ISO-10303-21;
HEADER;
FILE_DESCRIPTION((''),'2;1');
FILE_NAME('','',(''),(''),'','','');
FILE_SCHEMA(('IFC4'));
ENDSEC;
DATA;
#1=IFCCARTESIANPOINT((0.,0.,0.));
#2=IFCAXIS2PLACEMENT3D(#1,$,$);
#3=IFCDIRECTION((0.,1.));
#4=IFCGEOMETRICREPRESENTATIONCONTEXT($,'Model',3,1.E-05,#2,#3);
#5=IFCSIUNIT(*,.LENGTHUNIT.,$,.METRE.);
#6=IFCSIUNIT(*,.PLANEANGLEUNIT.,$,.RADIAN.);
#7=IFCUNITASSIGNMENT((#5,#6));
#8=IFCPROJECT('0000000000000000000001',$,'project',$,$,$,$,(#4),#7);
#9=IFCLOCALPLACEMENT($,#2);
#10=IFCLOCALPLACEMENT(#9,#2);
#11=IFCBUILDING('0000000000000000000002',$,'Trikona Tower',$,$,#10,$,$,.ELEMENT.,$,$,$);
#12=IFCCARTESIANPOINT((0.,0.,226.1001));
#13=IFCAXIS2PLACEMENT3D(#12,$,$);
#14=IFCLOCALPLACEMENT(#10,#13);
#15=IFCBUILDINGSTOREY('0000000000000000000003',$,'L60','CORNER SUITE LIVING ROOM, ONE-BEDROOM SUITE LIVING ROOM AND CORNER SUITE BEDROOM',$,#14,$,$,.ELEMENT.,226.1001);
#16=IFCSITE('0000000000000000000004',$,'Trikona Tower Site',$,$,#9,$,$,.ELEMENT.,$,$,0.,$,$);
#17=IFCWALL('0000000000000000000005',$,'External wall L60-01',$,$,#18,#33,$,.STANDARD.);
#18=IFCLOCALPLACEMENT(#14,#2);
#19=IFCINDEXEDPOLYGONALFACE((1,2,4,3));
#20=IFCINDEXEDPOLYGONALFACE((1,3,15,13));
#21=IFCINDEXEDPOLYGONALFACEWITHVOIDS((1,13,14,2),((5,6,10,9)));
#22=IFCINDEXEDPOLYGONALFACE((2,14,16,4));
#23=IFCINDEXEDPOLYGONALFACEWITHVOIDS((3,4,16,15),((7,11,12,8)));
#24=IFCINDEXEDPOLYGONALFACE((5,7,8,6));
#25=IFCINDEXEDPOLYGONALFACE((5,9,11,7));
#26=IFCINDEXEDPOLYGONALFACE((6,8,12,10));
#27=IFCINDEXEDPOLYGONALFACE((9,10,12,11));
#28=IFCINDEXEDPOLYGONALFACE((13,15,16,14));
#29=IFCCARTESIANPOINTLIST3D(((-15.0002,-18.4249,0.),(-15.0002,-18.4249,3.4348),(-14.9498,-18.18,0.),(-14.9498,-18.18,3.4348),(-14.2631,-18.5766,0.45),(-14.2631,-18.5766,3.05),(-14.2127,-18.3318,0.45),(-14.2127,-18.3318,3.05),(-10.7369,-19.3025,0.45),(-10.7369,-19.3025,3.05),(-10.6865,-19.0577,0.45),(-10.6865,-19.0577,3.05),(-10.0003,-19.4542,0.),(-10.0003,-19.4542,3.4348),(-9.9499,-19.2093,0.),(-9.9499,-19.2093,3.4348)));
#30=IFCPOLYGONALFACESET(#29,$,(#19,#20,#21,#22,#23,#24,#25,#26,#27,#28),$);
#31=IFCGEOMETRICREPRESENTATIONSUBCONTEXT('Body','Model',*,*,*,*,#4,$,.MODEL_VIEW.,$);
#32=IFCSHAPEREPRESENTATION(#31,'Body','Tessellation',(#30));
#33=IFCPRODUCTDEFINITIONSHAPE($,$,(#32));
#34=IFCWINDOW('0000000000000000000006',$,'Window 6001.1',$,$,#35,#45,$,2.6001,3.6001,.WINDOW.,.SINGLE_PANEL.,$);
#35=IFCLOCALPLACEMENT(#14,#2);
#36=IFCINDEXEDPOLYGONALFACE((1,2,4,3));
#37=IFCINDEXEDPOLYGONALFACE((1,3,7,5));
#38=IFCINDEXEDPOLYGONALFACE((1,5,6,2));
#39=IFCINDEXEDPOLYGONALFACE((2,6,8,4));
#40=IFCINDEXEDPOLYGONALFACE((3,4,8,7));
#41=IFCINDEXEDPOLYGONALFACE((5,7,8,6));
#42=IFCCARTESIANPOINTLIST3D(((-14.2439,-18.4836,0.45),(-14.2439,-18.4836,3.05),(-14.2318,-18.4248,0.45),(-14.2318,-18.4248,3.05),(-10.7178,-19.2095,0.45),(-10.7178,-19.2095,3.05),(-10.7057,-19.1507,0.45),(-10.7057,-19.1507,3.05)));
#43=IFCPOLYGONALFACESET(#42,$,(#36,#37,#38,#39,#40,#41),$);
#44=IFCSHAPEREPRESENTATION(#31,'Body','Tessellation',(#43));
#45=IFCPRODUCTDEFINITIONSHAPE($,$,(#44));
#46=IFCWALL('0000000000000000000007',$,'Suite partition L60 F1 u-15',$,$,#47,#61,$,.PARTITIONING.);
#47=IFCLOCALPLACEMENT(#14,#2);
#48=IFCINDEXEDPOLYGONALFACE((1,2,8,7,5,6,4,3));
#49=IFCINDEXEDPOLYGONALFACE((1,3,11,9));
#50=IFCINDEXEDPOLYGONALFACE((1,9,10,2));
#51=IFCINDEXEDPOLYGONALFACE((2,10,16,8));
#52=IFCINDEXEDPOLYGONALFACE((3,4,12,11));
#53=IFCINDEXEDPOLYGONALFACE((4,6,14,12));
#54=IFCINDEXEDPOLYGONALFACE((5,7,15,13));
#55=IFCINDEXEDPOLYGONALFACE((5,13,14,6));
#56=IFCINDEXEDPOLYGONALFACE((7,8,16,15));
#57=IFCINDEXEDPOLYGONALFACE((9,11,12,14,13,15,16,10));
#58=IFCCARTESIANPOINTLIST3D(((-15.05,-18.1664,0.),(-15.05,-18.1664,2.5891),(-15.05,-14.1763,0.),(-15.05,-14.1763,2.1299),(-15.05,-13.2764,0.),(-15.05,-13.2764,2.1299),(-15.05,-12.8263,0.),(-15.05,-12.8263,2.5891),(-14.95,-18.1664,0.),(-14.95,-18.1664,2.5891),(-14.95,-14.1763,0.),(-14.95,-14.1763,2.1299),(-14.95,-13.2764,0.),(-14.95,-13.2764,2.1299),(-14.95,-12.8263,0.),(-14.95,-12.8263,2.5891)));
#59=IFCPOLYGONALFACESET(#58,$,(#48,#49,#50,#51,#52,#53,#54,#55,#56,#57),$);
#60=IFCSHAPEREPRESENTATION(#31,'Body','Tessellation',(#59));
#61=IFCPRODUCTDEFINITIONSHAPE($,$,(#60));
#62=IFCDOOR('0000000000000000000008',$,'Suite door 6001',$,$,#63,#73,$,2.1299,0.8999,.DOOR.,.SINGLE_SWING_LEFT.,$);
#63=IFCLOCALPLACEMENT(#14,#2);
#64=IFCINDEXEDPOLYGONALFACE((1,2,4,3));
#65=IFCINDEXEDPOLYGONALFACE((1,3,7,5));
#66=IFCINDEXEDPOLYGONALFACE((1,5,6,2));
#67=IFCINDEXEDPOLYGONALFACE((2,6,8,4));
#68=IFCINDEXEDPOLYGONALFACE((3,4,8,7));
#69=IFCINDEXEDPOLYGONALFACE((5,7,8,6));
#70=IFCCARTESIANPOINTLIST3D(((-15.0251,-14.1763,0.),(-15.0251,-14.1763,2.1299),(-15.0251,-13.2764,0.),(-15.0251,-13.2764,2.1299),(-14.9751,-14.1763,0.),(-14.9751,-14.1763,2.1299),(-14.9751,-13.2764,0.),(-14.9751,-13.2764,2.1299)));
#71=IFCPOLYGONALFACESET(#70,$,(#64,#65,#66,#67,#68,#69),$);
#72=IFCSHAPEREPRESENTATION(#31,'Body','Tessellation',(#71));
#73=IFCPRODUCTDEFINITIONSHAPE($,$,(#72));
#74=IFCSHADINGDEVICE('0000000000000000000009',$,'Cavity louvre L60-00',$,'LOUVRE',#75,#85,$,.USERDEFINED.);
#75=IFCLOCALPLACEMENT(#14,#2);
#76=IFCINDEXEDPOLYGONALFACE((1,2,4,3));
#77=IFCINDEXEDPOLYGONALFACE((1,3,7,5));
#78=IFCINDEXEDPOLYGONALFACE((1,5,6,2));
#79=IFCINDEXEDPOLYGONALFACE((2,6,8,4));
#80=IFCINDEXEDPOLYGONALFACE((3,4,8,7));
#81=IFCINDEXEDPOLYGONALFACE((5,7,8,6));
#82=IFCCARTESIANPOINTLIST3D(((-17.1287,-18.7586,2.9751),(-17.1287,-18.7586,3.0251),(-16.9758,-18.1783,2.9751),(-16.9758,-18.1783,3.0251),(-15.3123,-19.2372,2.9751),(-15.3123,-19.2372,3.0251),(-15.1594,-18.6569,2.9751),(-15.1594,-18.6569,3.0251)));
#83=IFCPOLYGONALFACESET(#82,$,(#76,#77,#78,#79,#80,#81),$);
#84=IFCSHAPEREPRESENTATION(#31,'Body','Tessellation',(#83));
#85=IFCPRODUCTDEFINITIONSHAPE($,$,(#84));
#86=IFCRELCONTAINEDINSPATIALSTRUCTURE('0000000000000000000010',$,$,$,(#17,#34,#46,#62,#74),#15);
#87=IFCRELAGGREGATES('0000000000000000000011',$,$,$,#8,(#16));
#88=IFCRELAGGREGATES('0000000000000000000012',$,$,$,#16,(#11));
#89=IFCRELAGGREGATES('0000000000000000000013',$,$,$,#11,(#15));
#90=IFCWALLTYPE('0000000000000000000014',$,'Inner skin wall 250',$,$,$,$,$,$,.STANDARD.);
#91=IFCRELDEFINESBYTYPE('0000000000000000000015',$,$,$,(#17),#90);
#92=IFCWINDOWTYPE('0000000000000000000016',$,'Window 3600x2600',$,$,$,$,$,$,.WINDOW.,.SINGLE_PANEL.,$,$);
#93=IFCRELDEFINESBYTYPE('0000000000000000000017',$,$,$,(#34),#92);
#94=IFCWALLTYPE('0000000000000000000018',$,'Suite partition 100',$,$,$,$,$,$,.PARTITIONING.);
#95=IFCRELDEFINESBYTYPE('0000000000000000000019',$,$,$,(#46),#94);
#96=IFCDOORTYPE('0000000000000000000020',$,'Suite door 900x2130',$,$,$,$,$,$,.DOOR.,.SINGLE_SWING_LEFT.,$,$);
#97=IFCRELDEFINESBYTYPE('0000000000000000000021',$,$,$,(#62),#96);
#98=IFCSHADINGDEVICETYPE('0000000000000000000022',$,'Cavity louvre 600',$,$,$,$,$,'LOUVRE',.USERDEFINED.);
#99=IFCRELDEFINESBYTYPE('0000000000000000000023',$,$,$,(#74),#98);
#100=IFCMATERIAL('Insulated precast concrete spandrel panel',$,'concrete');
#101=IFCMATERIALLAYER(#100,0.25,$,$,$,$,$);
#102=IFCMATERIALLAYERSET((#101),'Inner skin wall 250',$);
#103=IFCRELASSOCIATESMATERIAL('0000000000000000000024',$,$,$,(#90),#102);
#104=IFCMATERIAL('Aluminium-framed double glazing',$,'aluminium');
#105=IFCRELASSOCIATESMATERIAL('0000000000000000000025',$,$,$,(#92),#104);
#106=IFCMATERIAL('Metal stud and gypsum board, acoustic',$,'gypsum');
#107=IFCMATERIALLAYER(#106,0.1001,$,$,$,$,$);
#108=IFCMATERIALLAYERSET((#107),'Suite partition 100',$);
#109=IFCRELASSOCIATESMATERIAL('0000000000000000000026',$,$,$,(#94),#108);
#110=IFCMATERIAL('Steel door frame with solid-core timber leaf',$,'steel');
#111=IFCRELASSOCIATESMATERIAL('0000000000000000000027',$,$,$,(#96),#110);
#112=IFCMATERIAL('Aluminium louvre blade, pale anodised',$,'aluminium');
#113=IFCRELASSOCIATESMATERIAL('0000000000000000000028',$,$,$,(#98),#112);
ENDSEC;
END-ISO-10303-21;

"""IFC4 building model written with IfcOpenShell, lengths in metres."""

from ifc_helpers import new_model, si_unit, direction, frame, frame_2d, origin, origin_2d, place, context, subcontext, project, spatial, rectangle, extrude, material, layer, layer_set, type_object, element, fill, save


model = new_model("IFC4")

# Units and contexts
model_context = context("Model", 3, precision=1e-05, world=origin(), true_north=direction((0.0, 1.0)))
body_context = subcontext(model_context, "Body", "Model", "MODEL_VIEW")
ifc_project = project(units=[si_unit("LENGTHUNIT", "METRE"), si_unit("PLANEANGLEUNIT", "RADIAN")], contexts=[model_context])

# Site, building, storey
site_placement = place(None, origin())
site = spatial("IfcSite", under=ifc_project, at=site_placement, Name="Trikona Tower Site", CompositionType="ELEMENT", RefElevation=0.0)
building_placement = place(site_placement, origin())
building = spatial("IfcBuilding", under=site, at=building_placement, Name="Trikona Tower", CompositionType="ELEMENT")
storey_placement = place(building_placement, frame((0.0, 0.0, 226.1001)))
storey = spatial("IfcBuildingStorey", under=building, at=storey_placement, Name="L60", Description="CORNER SUITE LIVING ROOM, ONE-BEDROOM SUITE LIVING ROOM AND CORNER SUITE BEDROOM", CompositionType="ELEMENT", Elevation=226.1001)

# Wall, opening, window
ifc_material_1 = material(Name="Insulated precast concrete spandrel panel", Category="concrete")
ifc_layer_1 = layer(ifc_material_1, 0.25)
ifc_layer_set_1 = layer_set([ifc_layer_1], Name="Inner skin wall 250")
wall_type_1 = type_object("IfcWallType", Name="Inner skin wall 250", PredefinedType="STANDARD", material=ifc_layer_set_1)
wall_1_placement = place(storey_placement, frame((-14.9749, -18.3025, 0.0), z_axis=(0.0, 0.0, 1.0), x_axis=(0.979461, -0.201631, 0.0)))
wall_1 = element("IfcWall", 1, at=wall_1_placement, inside=storey, type_object=wall_type_1, Name="External wall L60-01", PredefinedType="STANDARD", context=body_context, shape_type="SweptSolid", body=[
    extrude(rectangle(XDim=5.1047, YDim=0.25, at=frame_2d((2.5522, 0.0))), origin(), (0.0, 0.0, 1.0), 3.4348),
])
opening_1_placement = place(wall_1_placement, frame((0.7524, 0.0, 0.45)))
opening_1 = element("IfcOpeningElement", 2, at=opening_1_placement, cuts=wall_1, PredefinedType="OPENING", context=body_context, shape_type="SweptSolid", body=[
    extrude(rectangle(XDim=3.6001, YDim=2.6001, at=frame_2d((1.8, 1.3))), frame((0.0, 0.135, 0.0), z_axis=(0.0, -1.0, 0.0), x_axis=(1.0, 0.0, 0.0)), (0.0, 0.0, 1.0), 0.27),
])
ifc_material_2 = material(Name="Aluminium-framed double glazing", Category="aluminium")
window_type = type_object("IfcWindowType", Name="Window 3600x2600", PartitioningType="SINGLE_PANEL", PredefinedType="WINDOW", material=ifc_material_2)
window_placement = place(opening_1_placement, origin())
window = element("IfcWindow", 3, at=window_placement, inside=storey, type_object=window_type, Name="Window 6001.1", OverallHeight=2.6001, OverallWidth=3.6001, PartitioningType="SINGLE_PANEL", PredefinedType="WINDOW", context=body_context, shape_type="SweptSolid", body=[
    extrude(rectangle(XDim=3.6001, YDim=2.6001, at=frame_2d((1.8, 1.3))), frame((0.0, 0.03, 0.0), z_axis=(0.0, -1.0, 0.0), x_axis=(1.0, 0.0, 0.0)), (0.0, 0.0, 1.0), 0.0601),
])
fill(opening_1, window)

# Wall, opening, door
ifc_material_3 = material(Name="Metal stud and gypsum board, acoustic", Category="gypsum")
ifc_layer_2 = layer(ifc_material_3, 0.1001)
ifc_layer_set_2 = layer_set([ifc_layer_2], Name="Suite partition 100")
wall_type_2 = type_object("IfcWallType", Name="Suite partition 100", PredefinedType="PARTITIONING", material=ifc_layer_set_2)
wall_2_placement = place(storey_placement, frame((-15.0, -12.8264, 0.0), z_axis=(0.0, 0.0, 1.0), x_axis=(0.0, -1.0, 0.0)))
wall_2 = element("IfcWall", 4, at=wall_2_placement, inside=storey, type_object=wall_type_2, Name="Suite partition L60 F1 u-15", PredefinedType="PARTITIONING", context=body_context, shape_type="SweptSolid", body=[
    extrude(rectangle(XDim=5.3401, YDim=0.1001, at=frame_2d((2.6699, 0.0))), origin(), (0.0, 0.0, 1.0), 2.5891),
])
opening_2_placement = place(wall_2_placement, frame((0.45, 0.0, 0.0)))
opening_2 = element("IfcOpeningElement", 5, at=opening_2_placement, cuts=wall_2, PredefinedType="OPENING", context=body_context, shape_type="SweptSolid", body=[
    extrude(rectangle(XDim=0.8999, YDim=2.1299, at=frame_2d((0.45, 1.0649))), frame((0.0, 0.0601, 0.0), z_axis=(0.0, -1.0, 0.0), x_axis=(1.0, 0.0, 0.0)), (0.0, 0.0, 1.0), 0.1201),
])
ifc_material_4 = material(Name="Steel door frame with solid-core timber leaf", Category="steel")
door_type = type_object("IfcDoorType", Name="Suite door 900x2130", OperationType="SINGLE_SWING_LEFT", PredefinedType="DOOR", material=ifc_material_4)
door_placement = place(opening_2_placement, origin())
door = element("IfcDoor", 6, at=door_placement, inside=storey, type_object=door_type, Name="Suite door 6001", OperationType="SINGLE_SWING_LEFT", OverallHeight=2.1299, OverallWidth=0.8999, PredefinedType="DOOR", context=body_context, shape_type="SweptSolid", body=[
    extrude(rectangle(XDim=0.8999, YDim=2.1299, at=frame_2d((0.45, 1.0649))), frame((0.0, 0.0249, 0.0), z_axis=(0.0, -1.0, 0.0), x_axis=(1.0, 0.0, 0.0)), (0.0, 0.0, 1.0), 0.05),
])
fill(opening_2, door)

# Shading device
ifc_material_5 = material(Name="Aluminium louvre blade, pale anodised", Category="aluminium")
shading_device_type = type_object("IfcShadingDeviceType", Name="Cavity louvre 600", ElementType="LOUVRE", PredefinedType="USERDEFINED", material=ifc_material_5)
shading_device_placement = place(storey_placement, frame((-16.144, -18.7078, 2.9751), z_axis=(0.0, 0.0, 1.0), x_axis=(0.966993, -0.254803, 0.0)))
element("IfcShadingDevice", 7, at=shading_device_placement, inside=storey, type_object=shading_device_type, Name="Cavity louvre L60-00", ObjectType="LOUVRE", PredefinedType="USERDEFINED", context=body_context, shape_type="SweptSolid", body=[
    extrude(rectangle(XDim=1.8784, YDim=0.6001, at=origin_2d()), origin(), (0.0, 0.0, 1.0), 0.05),
])

save(model, "model.ifc")
